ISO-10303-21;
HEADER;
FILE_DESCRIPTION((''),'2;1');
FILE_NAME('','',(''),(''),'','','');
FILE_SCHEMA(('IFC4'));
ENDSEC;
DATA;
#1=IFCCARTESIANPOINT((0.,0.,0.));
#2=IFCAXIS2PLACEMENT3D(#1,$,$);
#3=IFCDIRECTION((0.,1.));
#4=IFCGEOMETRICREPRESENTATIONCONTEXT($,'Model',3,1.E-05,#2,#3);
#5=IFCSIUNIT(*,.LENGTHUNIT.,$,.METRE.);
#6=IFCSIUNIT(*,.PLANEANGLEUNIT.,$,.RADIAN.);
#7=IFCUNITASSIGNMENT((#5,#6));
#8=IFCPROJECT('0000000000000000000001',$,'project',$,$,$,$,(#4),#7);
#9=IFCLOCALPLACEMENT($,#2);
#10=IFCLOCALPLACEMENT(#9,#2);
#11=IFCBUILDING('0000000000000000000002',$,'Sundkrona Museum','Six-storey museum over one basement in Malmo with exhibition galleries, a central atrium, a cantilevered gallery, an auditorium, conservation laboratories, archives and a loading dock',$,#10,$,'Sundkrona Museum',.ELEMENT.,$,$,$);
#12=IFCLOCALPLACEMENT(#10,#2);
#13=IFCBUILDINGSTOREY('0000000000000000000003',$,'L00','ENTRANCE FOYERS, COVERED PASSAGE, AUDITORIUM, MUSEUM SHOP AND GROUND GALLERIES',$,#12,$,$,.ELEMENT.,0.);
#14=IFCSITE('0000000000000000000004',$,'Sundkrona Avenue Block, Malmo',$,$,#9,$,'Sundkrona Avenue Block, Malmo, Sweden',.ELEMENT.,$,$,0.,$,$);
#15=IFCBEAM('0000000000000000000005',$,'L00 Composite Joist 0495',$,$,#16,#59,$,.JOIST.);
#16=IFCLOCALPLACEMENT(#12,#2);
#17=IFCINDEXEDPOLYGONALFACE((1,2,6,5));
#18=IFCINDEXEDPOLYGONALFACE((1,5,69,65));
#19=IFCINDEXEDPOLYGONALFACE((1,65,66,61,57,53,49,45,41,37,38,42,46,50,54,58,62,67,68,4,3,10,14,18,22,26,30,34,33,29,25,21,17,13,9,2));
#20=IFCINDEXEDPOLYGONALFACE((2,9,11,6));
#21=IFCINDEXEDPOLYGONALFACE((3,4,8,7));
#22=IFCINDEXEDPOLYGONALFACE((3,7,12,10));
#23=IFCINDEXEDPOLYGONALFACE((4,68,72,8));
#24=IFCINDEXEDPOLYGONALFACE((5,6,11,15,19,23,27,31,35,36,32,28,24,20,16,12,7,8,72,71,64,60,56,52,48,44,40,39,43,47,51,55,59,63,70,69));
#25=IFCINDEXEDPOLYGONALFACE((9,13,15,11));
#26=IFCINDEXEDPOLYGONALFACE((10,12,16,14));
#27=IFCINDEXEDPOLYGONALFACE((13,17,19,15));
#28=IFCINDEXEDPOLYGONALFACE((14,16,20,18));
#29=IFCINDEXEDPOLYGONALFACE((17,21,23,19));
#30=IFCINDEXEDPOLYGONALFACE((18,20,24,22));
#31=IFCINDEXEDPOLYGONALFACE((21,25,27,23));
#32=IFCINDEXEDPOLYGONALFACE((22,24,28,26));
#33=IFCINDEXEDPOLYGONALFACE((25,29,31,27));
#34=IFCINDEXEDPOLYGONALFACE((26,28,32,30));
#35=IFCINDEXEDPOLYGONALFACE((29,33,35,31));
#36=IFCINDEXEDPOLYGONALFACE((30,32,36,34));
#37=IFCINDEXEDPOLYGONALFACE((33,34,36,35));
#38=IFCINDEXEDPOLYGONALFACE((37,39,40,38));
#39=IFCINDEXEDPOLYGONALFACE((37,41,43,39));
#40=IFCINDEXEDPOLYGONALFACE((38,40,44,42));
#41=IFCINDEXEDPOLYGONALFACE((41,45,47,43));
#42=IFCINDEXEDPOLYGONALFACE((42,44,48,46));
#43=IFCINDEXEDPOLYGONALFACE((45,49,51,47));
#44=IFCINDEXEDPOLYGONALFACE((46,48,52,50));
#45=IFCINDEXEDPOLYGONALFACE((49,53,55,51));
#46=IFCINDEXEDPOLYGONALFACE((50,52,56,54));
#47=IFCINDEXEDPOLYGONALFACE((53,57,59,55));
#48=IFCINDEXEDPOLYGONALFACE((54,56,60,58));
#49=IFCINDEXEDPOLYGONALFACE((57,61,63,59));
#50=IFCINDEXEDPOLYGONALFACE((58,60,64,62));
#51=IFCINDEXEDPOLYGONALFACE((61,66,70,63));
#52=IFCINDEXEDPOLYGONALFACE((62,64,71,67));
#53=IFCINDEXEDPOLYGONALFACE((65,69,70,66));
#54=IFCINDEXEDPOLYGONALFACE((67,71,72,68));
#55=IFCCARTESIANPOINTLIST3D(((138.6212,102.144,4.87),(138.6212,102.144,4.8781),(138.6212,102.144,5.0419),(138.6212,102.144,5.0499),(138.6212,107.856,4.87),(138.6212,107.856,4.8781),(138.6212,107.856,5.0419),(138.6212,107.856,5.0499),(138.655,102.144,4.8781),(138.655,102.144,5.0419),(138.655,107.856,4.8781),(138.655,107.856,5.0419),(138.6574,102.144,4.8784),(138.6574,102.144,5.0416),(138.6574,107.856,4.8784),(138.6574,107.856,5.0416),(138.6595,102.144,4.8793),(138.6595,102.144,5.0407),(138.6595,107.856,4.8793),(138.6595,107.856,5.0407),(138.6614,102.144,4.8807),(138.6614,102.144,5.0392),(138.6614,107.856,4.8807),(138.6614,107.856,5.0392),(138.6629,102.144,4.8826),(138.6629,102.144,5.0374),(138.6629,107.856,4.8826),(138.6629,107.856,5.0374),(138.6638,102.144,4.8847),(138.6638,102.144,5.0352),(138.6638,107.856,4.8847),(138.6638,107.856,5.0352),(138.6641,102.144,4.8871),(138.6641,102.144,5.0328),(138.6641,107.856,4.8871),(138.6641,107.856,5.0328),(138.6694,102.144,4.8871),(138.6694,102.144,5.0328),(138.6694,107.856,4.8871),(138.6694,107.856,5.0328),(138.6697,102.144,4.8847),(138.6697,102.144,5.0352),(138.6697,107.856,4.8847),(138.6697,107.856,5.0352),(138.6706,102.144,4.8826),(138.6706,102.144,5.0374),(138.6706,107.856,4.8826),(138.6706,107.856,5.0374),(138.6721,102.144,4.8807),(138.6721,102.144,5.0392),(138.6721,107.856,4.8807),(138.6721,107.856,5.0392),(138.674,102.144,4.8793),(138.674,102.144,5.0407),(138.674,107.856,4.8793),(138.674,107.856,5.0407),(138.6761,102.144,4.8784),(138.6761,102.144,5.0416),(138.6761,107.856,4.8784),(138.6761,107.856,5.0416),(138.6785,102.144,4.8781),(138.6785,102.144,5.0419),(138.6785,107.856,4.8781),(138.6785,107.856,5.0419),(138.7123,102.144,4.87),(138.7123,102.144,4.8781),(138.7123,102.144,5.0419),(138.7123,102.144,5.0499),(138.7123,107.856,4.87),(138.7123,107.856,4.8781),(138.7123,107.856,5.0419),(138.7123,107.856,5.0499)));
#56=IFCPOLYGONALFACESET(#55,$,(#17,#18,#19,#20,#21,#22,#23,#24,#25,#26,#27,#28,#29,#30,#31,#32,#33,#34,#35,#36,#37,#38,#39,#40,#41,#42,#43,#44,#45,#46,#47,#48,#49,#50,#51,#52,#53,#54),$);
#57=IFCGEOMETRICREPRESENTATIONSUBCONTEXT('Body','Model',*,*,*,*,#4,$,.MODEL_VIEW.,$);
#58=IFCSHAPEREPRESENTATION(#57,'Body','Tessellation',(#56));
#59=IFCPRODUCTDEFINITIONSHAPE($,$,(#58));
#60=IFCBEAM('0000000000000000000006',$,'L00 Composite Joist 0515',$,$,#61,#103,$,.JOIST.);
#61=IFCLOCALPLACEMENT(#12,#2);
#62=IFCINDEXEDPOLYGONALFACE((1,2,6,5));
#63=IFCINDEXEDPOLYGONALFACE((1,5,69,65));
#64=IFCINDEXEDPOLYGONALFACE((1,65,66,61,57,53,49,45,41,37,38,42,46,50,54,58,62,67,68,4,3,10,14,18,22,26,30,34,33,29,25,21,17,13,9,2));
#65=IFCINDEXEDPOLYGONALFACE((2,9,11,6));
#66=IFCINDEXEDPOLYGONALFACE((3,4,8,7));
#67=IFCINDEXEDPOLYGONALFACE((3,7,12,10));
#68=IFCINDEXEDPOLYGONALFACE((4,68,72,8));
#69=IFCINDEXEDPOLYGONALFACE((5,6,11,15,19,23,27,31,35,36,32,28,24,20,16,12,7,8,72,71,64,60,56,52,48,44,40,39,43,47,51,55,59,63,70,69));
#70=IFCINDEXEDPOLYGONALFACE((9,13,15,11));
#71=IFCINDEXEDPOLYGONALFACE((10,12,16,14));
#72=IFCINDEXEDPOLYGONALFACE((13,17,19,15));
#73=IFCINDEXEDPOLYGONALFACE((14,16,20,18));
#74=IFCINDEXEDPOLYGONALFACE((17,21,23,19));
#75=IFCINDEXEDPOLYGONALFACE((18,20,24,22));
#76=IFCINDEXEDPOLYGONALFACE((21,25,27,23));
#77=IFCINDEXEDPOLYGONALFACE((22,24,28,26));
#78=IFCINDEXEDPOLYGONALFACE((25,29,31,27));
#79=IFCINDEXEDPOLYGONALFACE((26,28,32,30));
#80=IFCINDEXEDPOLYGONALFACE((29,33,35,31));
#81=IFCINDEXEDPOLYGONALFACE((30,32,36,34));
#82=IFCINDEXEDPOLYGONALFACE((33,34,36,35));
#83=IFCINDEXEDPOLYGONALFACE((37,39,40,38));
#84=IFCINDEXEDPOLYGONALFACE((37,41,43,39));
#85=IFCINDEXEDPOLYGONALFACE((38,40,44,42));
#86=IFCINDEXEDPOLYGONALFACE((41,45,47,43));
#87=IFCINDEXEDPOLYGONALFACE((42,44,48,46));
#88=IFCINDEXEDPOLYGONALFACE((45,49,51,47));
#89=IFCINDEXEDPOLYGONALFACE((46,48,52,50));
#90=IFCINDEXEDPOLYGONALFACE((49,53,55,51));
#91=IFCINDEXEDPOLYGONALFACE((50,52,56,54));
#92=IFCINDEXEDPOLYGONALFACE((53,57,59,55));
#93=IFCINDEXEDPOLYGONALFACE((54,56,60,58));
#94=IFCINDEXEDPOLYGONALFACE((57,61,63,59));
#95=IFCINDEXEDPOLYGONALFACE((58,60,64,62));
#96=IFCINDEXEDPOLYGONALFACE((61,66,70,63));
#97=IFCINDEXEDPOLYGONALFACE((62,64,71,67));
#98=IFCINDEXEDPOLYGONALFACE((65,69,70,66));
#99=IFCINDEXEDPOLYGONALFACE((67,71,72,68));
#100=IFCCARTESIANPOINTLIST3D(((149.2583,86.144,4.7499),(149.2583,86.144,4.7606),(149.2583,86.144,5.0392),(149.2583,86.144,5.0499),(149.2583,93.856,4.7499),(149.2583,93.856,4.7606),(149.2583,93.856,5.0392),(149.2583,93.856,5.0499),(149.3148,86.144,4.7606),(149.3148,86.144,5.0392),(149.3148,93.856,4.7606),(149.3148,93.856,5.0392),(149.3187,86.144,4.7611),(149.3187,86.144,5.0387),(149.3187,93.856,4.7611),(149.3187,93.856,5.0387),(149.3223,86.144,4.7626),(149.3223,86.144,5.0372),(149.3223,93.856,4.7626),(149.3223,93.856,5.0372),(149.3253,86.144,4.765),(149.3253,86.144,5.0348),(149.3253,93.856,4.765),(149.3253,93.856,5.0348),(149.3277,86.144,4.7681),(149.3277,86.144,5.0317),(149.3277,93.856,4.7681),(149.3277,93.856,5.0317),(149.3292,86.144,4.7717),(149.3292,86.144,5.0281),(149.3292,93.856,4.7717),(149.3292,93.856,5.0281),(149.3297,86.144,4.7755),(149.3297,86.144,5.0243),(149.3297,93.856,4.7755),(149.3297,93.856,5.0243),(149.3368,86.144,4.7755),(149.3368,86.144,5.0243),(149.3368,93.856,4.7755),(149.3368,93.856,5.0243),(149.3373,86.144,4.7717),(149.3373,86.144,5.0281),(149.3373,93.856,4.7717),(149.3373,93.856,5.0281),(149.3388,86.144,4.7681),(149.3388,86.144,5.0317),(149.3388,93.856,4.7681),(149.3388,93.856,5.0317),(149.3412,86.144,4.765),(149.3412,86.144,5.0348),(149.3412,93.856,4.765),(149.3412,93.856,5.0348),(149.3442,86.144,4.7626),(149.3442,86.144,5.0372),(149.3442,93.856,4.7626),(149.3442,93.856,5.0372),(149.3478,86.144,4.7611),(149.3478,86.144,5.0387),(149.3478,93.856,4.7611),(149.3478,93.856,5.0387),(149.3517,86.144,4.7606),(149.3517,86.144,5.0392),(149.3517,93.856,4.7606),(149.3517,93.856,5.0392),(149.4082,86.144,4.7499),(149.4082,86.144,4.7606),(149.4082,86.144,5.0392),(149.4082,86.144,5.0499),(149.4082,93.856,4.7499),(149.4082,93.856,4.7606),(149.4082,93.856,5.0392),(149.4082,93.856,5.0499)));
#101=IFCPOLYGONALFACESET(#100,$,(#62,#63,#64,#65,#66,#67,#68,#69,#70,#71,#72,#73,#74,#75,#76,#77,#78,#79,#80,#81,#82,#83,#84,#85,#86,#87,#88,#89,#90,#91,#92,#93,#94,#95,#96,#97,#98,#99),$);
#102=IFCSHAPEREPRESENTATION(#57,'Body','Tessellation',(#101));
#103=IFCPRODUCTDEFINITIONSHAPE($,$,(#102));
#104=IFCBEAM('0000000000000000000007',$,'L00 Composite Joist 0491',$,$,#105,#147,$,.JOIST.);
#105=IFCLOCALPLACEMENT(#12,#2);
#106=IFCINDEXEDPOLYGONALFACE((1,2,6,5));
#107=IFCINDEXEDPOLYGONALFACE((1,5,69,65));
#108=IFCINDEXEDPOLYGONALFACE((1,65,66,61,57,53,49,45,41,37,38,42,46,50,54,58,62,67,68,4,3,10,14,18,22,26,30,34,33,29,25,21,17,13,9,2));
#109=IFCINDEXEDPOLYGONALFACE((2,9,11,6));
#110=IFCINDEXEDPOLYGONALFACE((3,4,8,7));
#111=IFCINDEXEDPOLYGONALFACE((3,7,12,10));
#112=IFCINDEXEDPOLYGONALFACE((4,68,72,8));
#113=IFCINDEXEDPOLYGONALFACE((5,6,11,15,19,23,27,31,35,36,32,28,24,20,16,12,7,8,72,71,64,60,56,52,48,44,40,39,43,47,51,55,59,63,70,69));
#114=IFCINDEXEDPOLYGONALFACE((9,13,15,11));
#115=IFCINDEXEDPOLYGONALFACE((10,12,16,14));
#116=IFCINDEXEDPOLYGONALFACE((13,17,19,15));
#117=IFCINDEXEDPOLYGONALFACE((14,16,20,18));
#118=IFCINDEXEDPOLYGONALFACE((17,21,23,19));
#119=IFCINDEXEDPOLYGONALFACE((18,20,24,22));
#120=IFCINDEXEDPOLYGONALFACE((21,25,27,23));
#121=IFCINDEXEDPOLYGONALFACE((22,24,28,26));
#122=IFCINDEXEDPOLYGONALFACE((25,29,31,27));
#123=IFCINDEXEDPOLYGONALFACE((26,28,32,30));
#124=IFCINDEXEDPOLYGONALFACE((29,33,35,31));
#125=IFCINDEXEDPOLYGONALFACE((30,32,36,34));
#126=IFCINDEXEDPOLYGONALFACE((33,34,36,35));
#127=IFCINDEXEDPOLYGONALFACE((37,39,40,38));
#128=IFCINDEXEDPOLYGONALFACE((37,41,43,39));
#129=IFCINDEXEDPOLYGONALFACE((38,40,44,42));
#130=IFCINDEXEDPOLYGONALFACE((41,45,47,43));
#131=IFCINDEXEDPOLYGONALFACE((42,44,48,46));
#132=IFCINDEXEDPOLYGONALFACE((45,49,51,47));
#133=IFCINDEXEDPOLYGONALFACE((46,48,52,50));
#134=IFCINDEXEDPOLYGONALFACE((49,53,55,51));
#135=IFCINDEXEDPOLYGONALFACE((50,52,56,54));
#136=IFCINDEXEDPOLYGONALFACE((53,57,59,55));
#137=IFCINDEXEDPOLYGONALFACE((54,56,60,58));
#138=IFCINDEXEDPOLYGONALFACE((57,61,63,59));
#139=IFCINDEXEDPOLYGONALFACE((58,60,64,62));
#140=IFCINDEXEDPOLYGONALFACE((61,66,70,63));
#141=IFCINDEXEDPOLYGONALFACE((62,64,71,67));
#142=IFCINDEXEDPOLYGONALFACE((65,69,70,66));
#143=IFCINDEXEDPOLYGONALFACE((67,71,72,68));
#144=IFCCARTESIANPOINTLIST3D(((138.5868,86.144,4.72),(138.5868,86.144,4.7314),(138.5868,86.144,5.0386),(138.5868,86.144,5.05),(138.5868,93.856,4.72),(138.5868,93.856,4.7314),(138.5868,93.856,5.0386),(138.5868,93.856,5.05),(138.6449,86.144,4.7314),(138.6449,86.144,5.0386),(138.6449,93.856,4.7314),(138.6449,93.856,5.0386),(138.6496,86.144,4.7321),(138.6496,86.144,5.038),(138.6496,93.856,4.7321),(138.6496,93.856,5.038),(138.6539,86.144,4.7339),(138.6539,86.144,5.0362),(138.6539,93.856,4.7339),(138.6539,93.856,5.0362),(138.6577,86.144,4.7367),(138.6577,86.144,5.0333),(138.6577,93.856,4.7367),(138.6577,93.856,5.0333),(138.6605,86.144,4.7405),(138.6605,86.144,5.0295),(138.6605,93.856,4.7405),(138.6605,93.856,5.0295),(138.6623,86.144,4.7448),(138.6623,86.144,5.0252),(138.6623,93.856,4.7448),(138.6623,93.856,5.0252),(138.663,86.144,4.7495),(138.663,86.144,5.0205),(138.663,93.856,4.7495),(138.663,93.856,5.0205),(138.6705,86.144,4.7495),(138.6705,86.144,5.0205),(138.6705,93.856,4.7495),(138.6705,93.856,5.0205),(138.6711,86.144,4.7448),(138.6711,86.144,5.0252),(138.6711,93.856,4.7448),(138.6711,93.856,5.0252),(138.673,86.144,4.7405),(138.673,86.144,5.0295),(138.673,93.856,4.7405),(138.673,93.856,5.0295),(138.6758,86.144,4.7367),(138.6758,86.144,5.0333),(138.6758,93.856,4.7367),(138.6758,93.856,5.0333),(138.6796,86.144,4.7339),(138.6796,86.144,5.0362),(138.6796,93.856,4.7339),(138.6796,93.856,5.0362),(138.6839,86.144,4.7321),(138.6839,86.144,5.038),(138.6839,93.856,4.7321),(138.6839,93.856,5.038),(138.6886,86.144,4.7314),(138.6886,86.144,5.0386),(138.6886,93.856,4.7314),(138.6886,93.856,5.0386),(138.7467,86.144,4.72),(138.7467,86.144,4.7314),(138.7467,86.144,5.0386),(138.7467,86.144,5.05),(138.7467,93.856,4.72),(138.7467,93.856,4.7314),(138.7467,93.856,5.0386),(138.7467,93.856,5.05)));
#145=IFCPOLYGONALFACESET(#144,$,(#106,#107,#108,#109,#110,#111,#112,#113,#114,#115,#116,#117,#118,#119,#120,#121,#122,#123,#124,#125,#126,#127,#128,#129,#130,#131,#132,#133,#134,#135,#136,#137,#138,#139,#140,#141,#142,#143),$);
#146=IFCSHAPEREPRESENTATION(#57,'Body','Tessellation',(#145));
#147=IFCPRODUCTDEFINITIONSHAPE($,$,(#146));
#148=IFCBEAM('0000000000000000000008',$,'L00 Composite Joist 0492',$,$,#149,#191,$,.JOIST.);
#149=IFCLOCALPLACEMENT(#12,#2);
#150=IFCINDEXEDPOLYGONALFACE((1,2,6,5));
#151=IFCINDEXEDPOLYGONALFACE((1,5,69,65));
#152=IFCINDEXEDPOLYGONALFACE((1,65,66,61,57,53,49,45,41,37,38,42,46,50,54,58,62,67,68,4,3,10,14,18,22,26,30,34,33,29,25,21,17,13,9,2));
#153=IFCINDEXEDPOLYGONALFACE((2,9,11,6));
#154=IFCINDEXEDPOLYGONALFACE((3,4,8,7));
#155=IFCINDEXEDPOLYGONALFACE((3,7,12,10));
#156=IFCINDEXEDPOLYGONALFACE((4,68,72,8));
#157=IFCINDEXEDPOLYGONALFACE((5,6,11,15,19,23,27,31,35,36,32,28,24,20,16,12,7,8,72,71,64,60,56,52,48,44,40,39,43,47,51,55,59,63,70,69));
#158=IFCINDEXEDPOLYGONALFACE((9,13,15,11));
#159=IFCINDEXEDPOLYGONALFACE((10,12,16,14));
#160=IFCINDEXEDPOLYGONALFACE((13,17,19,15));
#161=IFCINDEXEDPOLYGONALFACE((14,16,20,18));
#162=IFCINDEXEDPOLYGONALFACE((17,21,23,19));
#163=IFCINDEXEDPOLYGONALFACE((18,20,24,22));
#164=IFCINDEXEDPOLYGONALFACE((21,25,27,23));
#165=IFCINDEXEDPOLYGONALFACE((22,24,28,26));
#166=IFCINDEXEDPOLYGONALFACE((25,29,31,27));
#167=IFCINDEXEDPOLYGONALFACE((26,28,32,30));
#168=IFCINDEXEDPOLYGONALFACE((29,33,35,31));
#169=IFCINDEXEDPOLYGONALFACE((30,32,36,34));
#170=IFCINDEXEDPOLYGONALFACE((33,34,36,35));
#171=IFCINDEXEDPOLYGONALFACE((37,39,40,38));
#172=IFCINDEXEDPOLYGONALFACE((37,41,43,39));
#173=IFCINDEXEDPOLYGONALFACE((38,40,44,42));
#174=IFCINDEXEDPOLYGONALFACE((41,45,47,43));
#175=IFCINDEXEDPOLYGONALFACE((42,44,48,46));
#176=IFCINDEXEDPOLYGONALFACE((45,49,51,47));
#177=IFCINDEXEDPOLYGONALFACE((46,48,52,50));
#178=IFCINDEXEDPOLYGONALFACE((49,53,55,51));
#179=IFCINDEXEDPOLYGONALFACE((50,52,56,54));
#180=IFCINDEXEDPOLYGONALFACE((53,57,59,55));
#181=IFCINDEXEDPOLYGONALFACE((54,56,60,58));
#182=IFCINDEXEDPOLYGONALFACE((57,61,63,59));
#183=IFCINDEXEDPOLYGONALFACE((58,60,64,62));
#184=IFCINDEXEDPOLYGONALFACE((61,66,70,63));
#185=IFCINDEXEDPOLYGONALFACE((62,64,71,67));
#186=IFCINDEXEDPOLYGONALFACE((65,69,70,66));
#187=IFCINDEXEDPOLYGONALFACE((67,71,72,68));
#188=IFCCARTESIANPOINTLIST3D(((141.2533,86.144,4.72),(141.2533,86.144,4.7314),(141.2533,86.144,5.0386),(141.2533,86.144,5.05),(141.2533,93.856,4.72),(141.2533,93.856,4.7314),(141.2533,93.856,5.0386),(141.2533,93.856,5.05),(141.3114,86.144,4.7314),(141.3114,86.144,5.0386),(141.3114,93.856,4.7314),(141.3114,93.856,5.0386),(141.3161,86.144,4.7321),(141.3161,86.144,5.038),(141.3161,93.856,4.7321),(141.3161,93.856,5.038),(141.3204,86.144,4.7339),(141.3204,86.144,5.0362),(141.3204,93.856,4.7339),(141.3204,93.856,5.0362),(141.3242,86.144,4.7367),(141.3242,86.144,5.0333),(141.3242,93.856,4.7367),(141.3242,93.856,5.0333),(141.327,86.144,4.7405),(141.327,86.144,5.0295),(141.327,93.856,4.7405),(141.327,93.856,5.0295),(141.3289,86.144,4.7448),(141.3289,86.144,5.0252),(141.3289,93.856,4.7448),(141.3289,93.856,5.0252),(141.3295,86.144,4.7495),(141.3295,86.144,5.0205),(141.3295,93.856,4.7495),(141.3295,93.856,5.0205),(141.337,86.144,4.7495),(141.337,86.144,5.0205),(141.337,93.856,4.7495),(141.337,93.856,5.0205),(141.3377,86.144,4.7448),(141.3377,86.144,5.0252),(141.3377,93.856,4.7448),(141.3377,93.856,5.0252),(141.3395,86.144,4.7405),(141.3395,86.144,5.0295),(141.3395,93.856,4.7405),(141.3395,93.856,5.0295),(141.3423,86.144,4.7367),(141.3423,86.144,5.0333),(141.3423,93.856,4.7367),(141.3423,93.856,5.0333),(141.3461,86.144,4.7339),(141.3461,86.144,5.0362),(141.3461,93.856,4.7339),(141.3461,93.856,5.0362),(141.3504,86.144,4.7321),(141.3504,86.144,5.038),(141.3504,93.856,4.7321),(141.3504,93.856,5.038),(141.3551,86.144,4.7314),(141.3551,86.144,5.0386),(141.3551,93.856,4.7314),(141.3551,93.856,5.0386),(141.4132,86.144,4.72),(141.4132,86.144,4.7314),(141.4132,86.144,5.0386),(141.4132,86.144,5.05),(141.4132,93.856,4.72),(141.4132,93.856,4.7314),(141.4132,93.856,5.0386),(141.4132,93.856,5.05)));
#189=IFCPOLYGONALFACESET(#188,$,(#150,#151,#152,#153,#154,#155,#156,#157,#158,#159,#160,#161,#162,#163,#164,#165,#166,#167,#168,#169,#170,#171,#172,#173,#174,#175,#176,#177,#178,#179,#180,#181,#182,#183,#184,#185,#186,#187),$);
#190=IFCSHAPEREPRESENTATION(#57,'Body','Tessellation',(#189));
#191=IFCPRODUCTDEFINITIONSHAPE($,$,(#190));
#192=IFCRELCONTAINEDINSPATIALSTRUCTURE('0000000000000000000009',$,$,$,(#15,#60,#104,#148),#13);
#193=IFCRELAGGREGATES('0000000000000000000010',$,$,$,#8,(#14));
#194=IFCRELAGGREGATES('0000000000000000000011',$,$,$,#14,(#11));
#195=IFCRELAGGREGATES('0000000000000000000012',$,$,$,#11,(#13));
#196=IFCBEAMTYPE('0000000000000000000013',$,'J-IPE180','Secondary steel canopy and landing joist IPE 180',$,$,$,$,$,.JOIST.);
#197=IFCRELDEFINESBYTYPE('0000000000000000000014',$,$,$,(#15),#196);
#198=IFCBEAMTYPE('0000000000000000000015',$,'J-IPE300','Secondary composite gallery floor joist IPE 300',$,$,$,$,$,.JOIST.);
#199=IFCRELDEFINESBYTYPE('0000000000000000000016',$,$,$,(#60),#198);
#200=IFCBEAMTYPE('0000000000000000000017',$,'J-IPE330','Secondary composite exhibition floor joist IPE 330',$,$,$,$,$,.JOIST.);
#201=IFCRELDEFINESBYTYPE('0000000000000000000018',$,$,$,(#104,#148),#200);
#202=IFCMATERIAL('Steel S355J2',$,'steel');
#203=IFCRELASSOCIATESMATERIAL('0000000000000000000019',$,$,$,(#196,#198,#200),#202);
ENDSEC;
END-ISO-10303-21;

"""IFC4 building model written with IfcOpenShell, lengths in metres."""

from ifc_helpers import new_model, si_unit, direction, frame, origin, origin_2d, place, context, subcontext, project, spatial, i_section, extrude, material, material_profile, profile_set, type_object, element, save


model = new_model("IFC4")

# Units and contexts
model_context = context("Model", 3, precision=1e-05, world=origin(), true_north=direction((0.0, 1.0)))
body_context = subcontext(model_context, "Body", "Model", "MODEL_VIEW")
ifc_project = project(units=[si_unit("LENGTHUNIT", "METRE"), si_unit("PLANEANGLEUNIT", "RADIAN")], contexts=[model_context])

# Site, building, storey
site_placement = place(None, origin())
site = spatial("IfcSite", under=ifc_project, at=site_placement, Name="Sundkrona Avenue Block, Malmo", LongName="Sundkrona Avenue Block, Malmo, Sweden", CompositionType="ELEMENT", RefElevation=0.0)
building_placement = place(site_placement, origin())
building = spatial("IfcBuilding", under=site, at=building_placement, Name="Sundkrona Museum", Description="Six-storey museum over one basement in Malmo with exhibition galleries, a central atrium, a cantilevered gallery, an auditorium, conservation laboratories, archives and a loading dock", LongName="Sundkrona Museum", CompositionType="ELEMENT")
storey_placement = place(building_placement, origin())
storey = spatial("IfcBuildingStorey", under=building, at=storey_placement, Name="L00", Description="ENTRANCE FOYERS, COVERED PASSAGE, AUDITORIUM, MUSEUM SHOP AND GROUND GALLERIES", CompositionType="ELEMENT", Elevation=0.0)

# Shared definitions
ifc_material = material(Name="Steel S355J2", Category="steel")

# Beams
ifc_material_profile_1 = material_profile(ifc_material, i_section(OverallWidth=0.0911, OverallDepth=0.1799, WebThickness=0.0054, FlangeThickness=0.0081, FilletRadius=0.009, at=origin_2d()), Name="IPE 180")
ifc_profile_set_1 = profile_set([ifc_material_profile_1], Name="Steel S355J2")
beam_type_1 = type_object("IfcBeamType", Name="J-IPE180", Description="Secondary steel canopy and landing joist IPE 180", PredefinedType="JOIST", material=ifc_profile_set_1)
beam_1_placement = place(storey_placement, frame((138.6667, 102.144, 4.96), z_axis=(0.0, 1.0, 0.0), x_axis=(-1.0, 0.0, 0.0)))
element("IfcBeam", 1, at=beam_1_placement, inside=storey, type_object=beam_type_1, Name="L00 Composite Joist 0495", PredefinedType="JOIST", context=body_context, shape_type="SweptSolid", body=[
    extrude(i_section(OverallWidth=0.0911, OverallDepth=0.1799, WebThickness=0.0054, FlangeThickness=0.0081, FilletRadius=0.009, at=origin_2d()), origin(), (0.0, 0.0, 1.0), 5.7119),
])
ifc_material_profile_2 = material_profile(ifc_material, i_section(OverallWidth=0.1499, OverallDepth=0.3, WebThickness=0.0071, FlangeThickness=0.0107, FilletRadius=0.0149, at=origin_2d()), Name="IPE 300")
ifc_profile_set_2 = profile_set([ifc_material_profile_2], Name="Steel S355J2")
beam_type_2 = type_object("IfcBeamType", Name="J-IPE300", Description="Secondary composite gallery floor joist IPE 300", PredefinedType="JOIST", material=ifc_profile_set_2)
beam_2_placement = place(storey_placement, frame((149.3333, 86.144, 4.8999), z_axis=(0.0, 1.0, 0.0), x_axis=(-1.0, 0.0, 0.0)))
element("IfcBeam", 2, at=beam_2_placement, inside=storey, type_object=beam_type_2, Name="L00 Composite Joist 0515", PredefinedType="JOIST", context=body_context, shape_type="SweptSolid", body=[
    extrude(i_section(OverallWidth=0.1499, OverallDepth=0.3, WebThickness=0.0071, FlangeThickness=0.0107, FilletRadius=0.0149, at=origin_2d()), origin(), (0.0, 0.0, 1.0), 7.7119),
])
ifc_material_profile_3 = material_profile(ifc_material, i_section(OverallWidth=0.1599, OverallDepth=0.3301, WebThickness=0.0076, FlangeThickness=0.0115, FilletRadius=0.0181, at=origin_2d()), Name="IPE 330")
ifc_profile_set_3 = profile_set([ifc_material_profile_3], Name="Steel S355J2")
beam_type_3 = type_object("IfcBeamType", Name="J-IPE330", Description="Secondary composite exhibition floor joist IPE 330", PredefinedType="JOIST", material=ifc_profile_set_3)
for number, where, z_axis, x_axis, name in (
    (3, (138.6667, 86.144, 4.885), (0.0, 1.0, 0.0), (-1.0, 0.0, 0.0), "L00 Composite Joist 0491"),
    (4, (141.3333, 86.144, 4.885), (0.0, 1.0, 0.0), (-1.0, 0.0, 0.0), "L00 Composite Joist 0492"),
):
    element("IfcBeam", number, at=place(storey_placement, frame(where, z_axis=z_axis, x_axis=x_axis)), inside=storey, type_object=beam_type_3, Name=name, PredefinedType="JOIST", context=body_context, shape_type="SweptSolid", body=[
        extrude(i_section(OverallWidth=0.1599, OverallDepth=0.3301, WebThickness=0.0076, FlangeThickness=0.0115, FilletRadius=0.0181, at=origin_2d()), origin(), (0.0, 0.0, 1.0), 7.7119),
    ])

save(model, "model.ifc")
